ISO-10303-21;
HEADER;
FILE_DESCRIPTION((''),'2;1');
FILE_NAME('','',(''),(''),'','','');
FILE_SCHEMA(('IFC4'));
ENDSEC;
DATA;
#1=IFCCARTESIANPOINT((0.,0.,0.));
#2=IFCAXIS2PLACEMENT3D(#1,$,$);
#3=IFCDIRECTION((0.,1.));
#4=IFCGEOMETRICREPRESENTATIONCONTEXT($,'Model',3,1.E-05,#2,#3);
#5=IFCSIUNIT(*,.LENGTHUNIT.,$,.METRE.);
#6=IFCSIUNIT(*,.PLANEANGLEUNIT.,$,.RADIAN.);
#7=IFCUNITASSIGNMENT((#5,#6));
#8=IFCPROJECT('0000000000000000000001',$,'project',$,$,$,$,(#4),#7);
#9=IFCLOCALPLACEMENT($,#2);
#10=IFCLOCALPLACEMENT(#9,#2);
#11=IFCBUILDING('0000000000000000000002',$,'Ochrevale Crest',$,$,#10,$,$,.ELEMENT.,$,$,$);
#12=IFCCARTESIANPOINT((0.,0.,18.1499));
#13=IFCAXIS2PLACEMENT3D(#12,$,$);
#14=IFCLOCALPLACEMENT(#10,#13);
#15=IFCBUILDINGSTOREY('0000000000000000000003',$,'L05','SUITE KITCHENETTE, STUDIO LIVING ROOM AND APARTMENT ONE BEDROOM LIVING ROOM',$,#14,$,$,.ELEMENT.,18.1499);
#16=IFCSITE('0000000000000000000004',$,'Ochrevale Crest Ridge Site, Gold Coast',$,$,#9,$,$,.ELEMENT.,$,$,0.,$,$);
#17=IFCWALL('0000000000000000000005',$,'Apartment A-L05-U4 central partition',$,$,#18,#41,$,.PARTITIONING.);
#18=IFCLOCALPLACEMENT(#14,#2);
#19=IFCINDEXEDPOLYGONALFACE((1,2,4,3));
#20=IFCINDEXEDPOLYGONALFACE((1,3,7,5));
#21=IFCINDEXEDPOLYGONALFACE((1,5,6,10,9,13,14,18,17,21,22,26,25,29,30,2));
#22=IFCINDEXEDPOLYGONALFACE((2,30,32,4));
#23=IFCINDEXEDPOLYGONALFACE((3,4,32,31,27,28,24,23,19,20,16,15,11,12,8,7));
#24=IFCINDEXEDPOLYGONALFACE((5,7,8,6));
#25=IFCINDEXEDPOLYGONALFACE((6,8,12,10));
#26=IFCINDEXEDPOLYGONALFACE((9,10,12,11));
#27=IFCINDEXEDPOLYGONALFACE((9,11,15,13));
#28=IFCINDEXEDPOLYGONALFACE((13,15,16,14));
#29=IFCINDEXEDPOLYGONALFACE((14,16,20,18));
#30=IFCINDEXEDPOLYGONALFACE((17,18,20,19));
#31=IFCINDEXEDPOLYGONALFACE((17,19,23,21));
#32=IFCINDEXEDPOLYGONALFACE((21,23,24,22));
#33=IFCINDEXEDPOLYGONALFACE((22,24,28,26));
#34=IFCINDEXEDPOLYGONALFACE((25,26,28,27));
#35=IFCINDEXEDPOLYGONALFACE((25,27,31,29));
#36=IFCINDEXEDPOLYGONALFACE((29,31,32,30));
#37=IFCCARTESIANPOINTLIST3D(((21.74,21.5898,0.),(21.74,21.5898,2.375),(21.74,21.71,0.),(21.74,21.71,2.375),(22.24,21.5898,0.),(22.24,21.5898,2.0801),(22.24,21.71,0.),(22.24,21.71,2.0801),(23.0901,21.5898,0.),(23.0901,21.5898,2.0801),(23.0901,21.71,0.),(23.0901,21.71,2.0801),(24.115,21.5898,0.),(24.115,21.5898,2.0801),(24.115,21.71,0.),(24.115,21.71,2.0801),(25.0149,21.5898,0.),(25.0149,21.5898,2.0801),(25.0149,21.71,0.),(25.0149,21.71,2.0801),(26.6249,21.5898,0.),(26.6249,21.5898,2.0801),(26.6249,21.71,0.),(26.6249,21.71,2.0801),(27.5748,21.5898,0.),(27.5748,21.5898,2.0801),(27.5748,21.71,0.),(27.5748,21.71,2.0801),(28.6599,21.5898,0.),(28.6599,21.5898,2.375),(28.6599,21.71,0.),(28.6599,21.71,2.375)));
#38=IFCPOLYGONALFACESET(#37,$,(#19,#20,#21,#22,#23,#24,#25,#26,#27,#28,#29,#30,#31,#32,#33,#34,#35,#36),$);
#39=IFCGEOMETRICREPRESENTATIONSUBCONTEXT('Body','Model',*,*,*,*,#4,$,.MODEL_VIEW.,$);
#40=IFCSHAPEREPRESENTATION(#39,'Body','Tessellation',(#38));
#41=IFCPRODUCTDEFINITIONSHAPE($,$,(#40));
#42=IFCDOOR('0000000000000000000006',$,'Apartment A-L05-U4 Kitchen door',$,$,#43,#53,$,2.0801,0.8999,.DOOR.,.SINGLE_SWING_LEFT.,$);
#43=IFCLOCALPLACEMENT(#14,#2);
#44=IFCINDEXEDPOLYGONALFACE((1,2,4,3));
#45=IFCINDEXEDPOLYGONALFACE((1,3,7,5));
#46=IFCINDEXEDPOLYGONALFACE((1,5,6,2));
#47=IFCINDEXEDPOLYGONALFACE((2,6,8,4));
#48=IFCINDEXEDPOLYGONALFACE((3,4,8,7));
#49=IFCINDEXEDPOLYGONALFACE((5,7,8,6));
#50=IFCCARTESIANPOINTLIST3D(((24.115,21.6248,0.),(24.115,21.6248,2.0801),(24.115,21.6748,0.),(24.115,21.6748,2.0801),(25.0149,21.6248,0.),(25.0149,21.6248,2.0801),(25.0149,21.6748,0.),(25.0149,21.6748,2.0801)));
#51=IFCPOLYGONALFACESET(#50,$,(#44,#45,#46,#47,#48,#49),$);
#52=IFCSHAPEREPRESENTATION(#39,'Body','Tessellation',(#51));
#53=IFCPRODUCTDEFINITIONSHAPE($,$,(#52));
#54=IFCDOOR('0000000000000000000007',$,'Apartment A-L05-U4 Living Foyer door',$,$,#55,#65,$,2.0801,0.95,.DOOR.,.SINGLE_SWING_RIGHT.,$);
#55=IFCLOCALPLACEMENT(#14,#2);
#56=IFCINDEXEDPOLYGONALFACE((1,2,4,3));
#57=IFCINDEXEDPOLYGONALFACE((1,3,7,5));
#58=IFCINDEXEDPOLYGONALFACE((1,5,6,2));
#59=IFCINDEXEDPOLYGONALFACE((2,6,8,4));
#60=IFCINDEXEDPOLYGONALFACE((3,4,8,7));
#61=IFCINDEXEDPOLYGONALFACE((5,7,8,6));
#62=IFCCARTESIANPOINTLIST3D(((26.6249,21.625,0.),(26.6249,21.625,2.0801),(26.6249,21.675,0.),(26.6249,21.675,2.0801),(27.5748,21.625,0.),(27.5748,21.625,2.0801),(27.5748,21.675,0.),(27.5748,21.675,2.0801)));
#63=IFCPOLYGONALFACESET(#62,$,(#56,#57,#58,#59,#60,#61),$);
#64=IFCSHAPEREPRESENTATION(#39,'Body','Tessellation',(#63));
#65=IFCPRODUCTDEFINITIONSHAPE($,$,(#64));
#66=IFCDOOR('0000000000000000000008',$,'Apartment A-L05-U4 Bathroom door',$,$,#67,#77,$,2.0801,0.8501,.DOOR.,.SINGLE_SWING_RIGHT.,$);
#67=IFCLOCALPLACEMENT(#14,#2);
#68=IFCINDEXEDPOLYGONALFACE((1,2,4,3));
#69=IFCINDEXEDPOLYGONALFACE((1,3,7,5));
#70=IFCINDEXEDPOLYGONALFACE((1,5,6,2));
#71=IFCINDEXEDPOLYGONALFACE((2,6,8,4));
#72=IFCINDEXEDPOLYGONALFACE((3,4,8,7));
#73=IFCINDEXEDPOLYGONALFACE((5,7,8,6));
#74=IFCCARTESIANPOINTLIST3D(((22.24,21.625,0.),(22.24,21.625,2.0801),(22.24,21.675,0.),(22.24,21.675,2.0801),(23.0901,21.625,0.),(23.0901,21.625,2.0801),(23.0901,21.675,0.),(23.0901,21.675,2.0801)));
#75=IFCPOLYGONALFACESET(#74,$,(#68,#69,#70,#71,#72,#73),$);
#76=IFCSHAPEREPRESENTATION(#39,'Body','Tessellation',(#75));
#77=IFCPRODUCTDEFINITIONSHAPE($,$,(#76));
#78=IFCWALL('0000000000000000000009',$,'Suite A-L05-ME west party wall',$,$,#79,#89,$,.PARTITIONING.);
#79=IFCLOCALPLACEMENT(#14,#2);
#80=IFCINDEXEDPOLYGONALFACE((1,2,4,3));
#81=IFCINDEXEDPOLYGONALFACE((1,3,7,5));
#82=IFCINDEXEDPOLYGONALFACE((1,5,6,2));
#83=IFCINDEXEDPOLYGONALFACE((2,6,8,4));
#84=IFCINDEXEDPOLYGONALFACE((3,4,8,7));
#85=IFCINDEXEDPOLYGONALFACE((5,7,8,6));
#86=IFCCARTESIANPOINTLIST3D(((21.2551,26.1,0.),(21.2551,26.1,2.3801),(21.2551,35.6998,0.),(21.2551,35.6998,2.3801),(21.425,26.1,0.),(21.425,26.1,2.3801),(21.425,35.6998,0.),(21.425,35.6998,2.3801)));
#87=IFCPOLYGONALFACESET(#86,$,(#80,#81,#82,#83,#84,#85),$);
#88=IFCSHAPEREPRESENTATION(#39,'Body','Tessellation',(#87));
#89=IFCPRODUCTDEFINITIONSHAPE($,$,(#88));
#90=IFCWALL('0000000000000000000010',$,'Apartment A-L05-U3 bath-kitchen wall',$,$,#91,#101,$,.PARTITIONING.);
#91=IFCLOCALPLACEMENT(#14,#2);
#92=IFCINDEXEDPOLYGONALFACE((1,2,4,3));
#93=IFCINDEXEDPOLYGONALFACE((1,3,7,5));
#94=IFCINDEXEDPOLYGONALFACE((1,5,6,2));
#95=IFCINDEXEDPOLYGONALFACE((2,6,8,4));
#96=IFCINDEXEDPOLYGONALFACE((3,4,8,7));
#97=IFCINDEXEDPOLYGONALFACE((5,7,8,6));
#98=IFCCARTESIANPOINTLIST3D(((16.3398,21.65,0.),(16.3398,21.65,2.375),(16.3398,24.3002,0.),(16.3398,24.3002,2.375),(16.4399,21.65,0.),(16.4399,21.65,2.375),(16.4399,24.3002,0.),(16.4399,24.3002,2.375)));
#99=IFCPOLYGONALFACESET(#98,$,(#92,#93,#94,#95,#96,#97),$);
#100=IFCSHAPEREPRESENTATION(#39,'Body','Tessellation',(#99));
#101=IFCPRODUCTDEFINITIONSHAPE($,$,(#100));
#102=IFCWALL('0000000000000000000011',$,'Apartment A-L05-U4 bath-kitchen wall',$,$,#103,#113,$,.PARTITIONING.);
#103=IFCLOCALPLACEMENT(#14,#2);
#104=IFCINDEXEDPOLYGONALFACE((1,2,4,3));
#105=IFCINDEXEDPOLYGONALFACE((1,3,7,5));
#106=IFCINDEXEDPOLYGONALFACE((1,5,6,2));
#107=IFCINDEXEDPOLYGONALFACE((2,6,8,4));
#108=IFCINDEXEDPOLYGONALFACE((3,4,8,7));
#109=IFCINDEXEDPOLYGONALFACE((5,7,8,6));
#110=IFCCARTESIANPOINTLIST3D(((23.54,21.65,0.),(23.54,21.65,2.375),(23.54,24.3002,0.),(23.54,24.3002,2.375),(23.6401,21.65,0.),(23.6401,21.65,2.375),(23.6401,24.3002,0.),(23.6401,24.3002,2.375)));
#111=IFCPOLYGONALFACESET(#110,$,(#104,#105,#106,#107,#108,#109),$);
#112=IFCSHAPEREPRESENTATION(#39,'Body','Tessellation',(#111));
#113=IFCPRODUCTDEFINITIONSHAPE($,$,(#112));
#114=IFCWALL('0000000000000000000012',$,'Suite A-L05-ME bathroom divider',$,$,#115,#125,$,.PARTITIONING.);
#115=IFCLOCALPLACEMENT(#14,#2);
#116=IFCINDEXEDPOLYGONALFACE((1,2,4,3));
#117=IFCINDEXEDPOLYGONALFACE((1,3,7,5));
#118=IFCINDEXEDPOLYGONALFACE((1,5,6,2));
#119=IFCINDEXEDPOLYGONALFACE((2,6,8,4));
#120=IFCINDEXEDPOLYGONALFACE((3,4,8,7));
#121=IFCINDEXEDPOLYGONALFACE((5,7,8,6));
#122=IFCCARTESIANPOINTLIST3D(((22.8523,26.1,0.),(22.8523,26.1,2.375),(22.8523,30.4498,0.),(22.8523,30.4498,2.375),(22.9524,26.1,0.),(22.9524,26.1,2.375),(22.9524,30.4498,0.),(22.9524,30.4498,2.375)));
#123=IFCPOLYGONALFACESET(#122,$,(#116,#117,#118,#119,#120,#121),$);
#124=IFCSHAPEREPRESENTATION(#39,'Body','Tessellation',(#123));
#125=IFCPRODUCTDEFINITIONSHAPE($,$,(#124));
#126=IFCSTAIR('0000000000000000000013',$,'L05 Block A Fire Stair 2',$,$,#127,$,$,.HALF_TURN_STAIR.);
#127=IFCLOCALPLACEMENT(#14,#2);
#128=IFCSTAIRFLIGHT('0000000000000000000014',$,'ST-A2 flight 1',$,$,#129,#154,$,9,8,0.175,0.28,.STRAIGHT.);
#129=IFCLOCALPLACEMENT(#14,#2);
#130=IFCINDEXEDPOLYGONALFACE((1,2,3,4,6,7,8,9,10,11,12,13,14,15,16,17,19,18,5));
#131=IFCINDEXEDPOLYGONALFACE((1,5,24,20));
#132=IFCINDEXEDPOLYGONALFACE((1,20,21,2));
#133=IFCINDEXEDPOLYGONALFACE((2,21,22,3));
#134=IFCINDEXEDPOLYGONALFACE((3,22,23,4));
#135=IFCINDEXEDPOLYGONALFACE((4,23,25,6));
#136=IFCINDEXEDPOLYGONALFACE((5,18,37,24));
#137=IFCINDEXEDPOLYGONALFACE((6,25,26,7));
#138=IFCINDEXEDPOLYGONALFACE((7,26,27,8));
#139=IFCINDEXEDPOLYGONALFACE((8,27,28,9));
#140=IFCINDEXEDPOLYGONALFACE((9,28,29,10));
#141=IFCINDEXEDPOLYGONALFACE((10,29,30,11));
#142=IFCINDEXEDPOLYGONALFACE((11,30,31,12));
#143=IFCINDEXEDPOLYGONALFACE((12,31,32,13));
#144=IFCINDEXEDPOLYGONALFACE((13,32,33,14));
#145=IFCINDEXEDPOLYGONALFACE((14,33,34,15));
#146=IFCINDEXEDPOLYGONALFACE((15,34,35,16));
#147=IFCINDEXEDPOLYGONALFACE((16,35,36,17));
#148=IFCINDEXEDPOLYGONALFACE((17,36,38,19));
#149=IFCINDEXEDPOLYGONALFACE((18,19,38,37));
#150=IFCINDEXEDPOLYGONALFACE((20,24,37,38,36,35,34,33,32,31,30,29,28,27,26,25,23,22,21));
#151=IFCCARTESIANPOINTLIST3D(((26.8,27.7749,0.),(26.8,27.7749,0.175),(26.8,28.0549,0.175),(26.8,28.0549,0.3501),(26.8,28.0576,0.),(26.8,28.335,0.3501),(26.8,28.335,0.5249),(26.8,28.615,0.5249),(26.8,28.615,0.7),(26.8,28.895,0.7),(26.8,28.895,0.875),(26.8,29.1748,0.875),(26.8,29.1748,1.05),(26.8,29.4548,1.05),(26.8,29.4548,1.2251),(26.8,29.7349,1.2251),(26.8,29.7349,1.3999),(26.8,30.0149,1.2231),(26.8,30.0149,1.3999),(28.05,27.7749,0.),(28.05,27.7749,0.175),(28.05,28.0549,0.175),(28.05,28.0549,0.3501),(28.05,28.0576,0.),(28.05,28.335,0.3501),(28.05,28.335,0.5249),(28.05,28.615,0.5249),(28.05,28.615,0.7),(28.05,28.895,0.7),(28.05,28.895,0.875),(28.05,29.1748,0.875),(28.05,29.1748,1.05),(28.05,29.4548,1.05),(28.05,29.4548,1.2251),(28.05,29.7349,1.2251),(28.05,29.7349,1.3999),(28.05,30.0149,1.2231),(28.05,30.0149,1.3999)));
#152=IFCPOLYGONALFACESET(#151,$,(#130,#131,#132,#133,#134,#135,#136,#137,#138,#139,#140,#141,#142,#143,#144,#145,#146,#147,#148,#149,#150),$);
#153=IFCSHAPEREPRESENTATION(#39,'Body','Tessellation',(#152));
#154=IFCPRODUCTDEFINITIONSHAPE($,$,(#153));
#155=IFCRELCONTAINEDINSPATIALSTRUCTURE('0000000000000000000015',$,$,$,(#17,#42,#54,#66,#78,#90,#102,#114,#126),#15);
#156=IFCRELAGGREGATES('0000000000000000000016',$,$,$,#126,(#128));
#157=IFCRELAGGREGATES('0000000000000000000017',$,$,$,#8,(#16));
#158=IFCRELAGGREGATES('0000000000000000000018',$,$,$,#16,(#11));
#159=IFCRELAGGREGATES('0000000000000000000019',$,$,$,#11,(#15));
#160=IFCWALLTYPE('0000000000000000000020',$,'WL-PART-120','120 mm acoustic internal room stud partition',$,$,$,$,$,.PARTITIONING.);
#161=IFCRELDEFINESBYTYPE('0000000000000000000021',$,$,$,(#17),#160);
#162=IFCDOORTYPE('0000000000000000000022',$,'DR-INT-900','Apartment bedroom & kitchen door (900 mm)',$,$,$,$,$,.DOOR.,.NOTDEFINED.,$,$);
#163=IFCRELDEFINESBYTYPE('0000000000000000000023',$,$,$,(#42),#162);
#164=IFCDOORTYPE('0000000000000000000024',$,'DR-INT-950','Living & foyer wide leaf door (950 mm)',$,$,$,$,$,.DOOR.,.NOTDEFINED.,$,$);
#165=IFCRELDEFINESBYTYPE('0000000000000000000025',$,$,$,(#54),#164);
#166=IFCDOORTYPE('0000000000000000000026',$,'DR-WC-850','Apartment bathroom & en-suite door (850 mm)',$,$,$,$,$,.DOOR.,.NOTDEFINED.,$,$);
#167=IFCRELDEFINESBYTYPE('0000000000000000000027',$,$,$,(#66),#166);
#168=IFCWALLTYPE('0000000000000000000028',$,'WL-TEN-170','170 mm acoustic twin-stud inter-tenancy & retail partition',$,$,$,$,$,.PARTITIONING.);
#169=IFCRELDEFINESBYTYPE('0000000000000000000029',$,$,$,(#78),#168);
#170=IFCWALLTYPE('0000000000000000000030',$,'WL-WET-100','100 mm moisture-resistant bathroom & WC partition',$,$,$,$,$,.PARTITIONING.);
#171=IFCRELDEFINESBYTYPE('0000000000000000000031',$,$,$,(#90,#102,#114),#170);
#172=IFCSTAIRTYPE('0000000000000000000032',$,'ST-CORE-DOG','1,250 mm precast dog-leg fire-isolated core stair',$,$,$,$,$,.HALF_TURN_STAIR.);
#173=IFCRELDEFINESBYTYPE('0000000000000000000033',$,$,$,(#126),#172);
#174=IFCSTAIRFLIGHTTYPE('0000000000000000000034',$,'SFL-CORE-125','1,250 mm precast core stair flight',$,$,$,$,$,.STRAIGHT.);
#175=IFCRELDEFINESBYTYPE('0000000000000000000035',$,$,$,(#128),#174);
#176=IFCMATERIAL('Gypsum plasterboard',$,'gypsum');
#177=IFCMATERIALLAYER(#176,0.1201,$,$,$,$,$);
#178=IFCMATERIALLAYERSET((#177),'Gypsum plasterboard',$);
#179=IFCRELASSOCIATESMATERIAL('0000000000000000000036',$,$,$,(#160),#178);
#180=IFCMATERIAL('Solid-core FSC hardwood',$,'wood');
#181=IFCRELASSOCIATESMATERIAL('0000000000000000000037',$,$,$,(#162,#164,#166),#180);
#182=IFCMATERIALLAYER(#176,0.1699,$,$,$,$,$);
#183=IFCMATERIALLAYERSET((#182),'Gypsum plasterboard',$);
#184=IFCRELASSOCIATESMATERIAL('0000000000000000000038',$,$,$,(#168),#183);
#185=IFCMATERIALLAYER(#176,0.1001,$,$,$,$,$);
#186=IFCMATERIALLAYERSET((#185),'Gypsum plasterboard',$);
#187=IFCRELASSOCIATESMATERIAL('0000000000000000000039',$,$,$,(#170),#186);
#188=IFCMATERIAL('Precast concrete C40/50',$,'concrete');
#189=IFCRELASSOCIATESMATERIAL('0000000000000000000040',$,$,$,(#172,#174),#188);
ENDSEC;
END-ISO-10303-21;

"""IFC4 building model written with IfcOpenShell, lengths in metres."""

from ifc_helpers import new_model, si_unit, direction, frame, frame_2d, origin, place, context, subcontext, project, spatial, polyline, rectangle, outline, extrude, material, layer, layer_set, type_object, element, fill, aggregate, save


model = new_model("IFC4")

# Units and contexts
model_context = context("Model", 3, precision=1e-05, world=origin(), true_north=direction((0.0, 1.0)))
body_context = subcontext(model_context, "Body", "Model", "MODEL_VIEW")
ifc_project = project(units=[si_unit("LENGTHUNIT", "METRE"), si_unit("PLANEANGLEUNIT", "RADIAN")], contexts=[model_context])

# Site, building, storey
site_placement = place(None, origin())
site = spatial("IfcSite", under=ifc_project, at=site_placement, Name="Ochrevale Crest Ridge Site, Gold Coast", CompositionType="ELEMENT", RefElevation=0.0)
building_placement = place(site_placement, origin())
building = spatial("IfcBuilding", under=site, at=building_placement, Name="Ochrevale Crest", CompositionType="ELEMENT")
storey_placement = place(building_placement, frame((0.0, 0.0, 18.1499)))
storey = spatial("IfcBuildingStorey", under=building, at=storey_placement, Name="L05", Description="SUITE KITCHENETTE, STUDIO LIVING ROOM AND APARTMENT ONE BEDROOM LIVING ROOM", CompositionType="ELEMENT", Elevation=18.1499)

# Shared definitions
ifc_material_1 = material(Name="Gypsum plasterboard", Category="gypsum")
ifc_material_2 = material(Name="Solid-core FSC hardwood", Category="wood")

# Shared definitions
ifc_layer_1 = layer(ifc_material_1, 0.1201)
ifc_layer_set_1 = layer_set([ifc_layer_1], Name="Gypsum plasterboard")
wall_type_1 = type_object("IfcWallType", Name="WL-PART-120", Description="120 mm acoustic internal room stud partition", PredefinedType="PARTITIONING", material=ifc_layer_set_1)

# Wall, openings, doors
wall_1_placement = place(storey_placement, frame((21.74, 21.6499, 0.0), z_axis=(0.0, 0.0, 1.0), x_axis=(1.0, 0.0, 0.0)))
wall_1 = element("IfcWall", 1, at=wall_1_placement, inside=storey, type_object=wall_type_1, Name="Apartment A-L05-U4 central partition", PredefinedType="PARTITIONING", context=body_context, shape_type="SweptSolid", body=[
    extrude(rectangle(XDim=6.9199, YDim=0.1201, at=frame_2d((3.46, 0.0))), origin(), (0.0, 0.0, 1.0), 2.375),
])
opening_1_placement = place(wall_1_placement, frame((1.3501, 0.0, 0.0), z_axis=(0.0, 0.0, 1.0), x_axis=(-1.0, 0.0, 0.0)))
opening_1 = element("IfcOpeningElement", 2, at=opening_1_placement, cuts=wall_1, PredefinedType="OPENING", context=body_context, shape_type="SweptSolid", body=[
    extrude(rectangle(XDim=0.8501, YDim=2.0801, at=frame_2d((0.425, 1.04))), frame((0.0, 0.0701, 0.0), z_axis=(0.0, -1.0, 0.0), x_axis=(1.0, 0.0, 0.0)), (0.0, 0.0, 1.0), 0.1401),
])
opening_2_placement = place(wall_1_placement, frame((2.375, 0.0, 0.0)))
opening_2 = element("IfcOpeningElement", 3, at=opening_2_placement, cuts=wall_1, PredefinedType="OPENING", context=body_context, shape_type="SweptSolid", body=[
    extrude(rectangle(XDim=0.8999, YDim=2.0801, at=frame_2d((0.45, 1.04))), frame((0.0, 0.0701, 0.0), z_axis=(0.0, -1.0, 0.0), x_axis=(1.0, 0.0, 0.0)), (0.0, 0.0, 1.0), 0.1401),
])
opening_3_placement = place(wall_1_placement, frame((5.835, 0.0, 0.0), z_axis=(0.0, 0.0, 1.0), x_axis=(-1.0, 0.0, 0.0)))
opening_3 = element("IfcOpeningElement", 4, at=opening_3_placement, cuts=wall_1, PredefinedType="OPENING", context=body_context, shape_type="SweptSolid", body=[
    extrude(rectangle(XDim=0.95, YDim=2.0801, at=frame_2d((0.4751, 1.04))), frame((0.0, 0.0701, 0.0), z_axis=(0.0, -1.0, 0.0), x_axis=(1.0, 0.0, 0.0)), (0.0, 0.0, 1.0), 0.1401),
])
door_type_1 = type_object("IfcDoorType", Name="DR-INT-900", Description="Apartment bedroom & kitchen door (900 mm)", OperationType="NOTDEFINED", PredefinedType="DOOR", material=ifc_material_2)
door_1_placement = place(opening_2_placement, origin())
door_1 = element("IfcDoor", 5, at=door_1_placement, inside=storey, type_object=door_type_1, Name="Apartment A-L05-U4 Kitchen door", OperationType="SINGLE_SWING_LEFT", OverallHeight=2.0801, OverallWidth=0.8999, PredefinedType="DOOR", context=body_context, shape_type="SweptSolid", body=[
    extrude(rectangle(XDim=0.8999, YDim=2.0801, at=frame_2d((0.45, 1.04))), frame((0.0, 0.0249, 0.0), z_axis=(0.0, -1.0, 0.0), x_axis=(1.0, 0.0, 0.0)), (0.0, 0.0, 1.0), 0.05),
])
fill(opening_2, door_1)
door_type_2 = type_object("IfcDoorType", Name="DR-INT-950", Description="Living & foyer wide leaf door (950 mm)", OperationType="NOTDEFINED", PredefinedType="DOOR", material=ifc_material_2)
door_2_placement = place(opening_3_placement, origin())
door_2 = element("IfcDoor", 6, at=door_2_placement, inside=storey, type_object=door_type_2, Name="Apartment A-L05-U4 Living Foyer door", OperationType="SINGLE_SWING_RIGHT", OverallHeight=2.0801, OverallWidth=0.95, PredefinedType="DOOR", context=body_context, shape_type="SweptSolid", body=[
    extrude(rectangle(XDim=0.95, YDim=2.0801, at=frame_2d((0.4751, 1.04))), frame((0.0, 0.0249, 0.0), z_axis=(0.0, -1.0, 0.0), x_axis=(1.0, 0.0, 0.0)), (0.0, 0.0, 1.0), 0.05),
])
fill(opening_3, door_2)
door_type_3 = type_object("IfcDoorType", Name="DR-WC-850", Description="Apartment bathroom & en-suite door (850 mm)", OperationType="NOTDEFINED", PredefinedType="DOOR", material=ifc_material_2)
door_3_placement = place(opening_1_placement, origin())
door_3 = element("IfcDoor", 7, at=door_3_placement, inside=storey, type_object=door_type_3, Name="Apartment A-L05-U4 Bathroom door", OperationType="SINGLE_SWING_RIGHT", OverallHeight=2.0801, OverallWidth=0.8501, PredefinedType="DOOR", context=body_context, shape_type="SweptSolid", body=[
    extrude(rectangle(XDim=0.8501, YDim=2.0801, at=frame_2d((0.425, 1.04))), frame((0.0, 0.0249, 0.0), z_axis=(0.0, -1.0, 0.0), x_axis=(1.0, 0.0, 0.0)), (0.0, 0.0, 1.0), 0.05),
])
fill(opening_1, door_3)

# Walls
ifc_layer_2 = layer(ifc_material_1, 0.1699)
ifc_layer_set_2 = layer_set([ifc_layer_2], Name="Gypsum plasterboard")
wall_type_2 = type_object("IfcWallType", Name="WL-TEN-170", Description="170 mm acoustic twin-stud inter-tenancy & retail partition", PredefinedType="PARTITIONING", material=ifc_layer_set_2)
wall_2_placement = place(storey_placement, frame((21.3401, 26.1001, 0.0), z_axis=(0.0, 0.0, 1.0), x_axis=(0.0, 1.0, 0.0)))
element("IfcWall", 8, at=wall_2_placement, inside=storey, type_object=wall_type_2, Name="Suite A-L05-ME west party wall", PredefinedType="PARTITIONING", context=body_context, shape_type="SweptSolid", body=[
    extrude(rectangle(XDim=9.5999, YDim=0.1699, at=frame_2d((4.7998, 0.0))), origin(), (0.0, 0.0, 1.0), 2.3801),
])
ifc_layer_3 = layer(ifc_material_1, 0.1001)
ifc_layer_set_3 = layer_set([ifc_layer_3], Name="Gypsum plasterboard")
wall_type_3 = type_object("IfcWallType", Name="WL-WET-100", Description="100 mm moisture-resistant bathroom & WC partition", PredefinedType="PARTITIONING", material=ifc_layer_set_3)
for number, where, z_axis, x_axis, name in (
    (9, (16.3899, 21.6499, 0.0), (0.0, 0.0, 1.0), (0.0, 1.0, 0.0), "Apartment A-L05-U3 bath-kitchen wall"),
    (10, (23.5901, 21.6499, 0.0), (0.0, 0.0, 1.0), (0.0, 1.0, 0.0), "Apartment A-L05-U4 bath-kitchen wall"),
):
    element("IfcWall", number, at=place(storey_placement, frame(where, z_axis=z_axis, x_axis=x_axis)), inside=storey, type_object=wall_type_3, Name=name, PredefinedType="PARTITIONING", context=body_context, shape_type="SweptSolid", body=[
        extrude(rectangle(XDim=2.6501, YDim=0.1001, at=frame_2d((1.3252, 0.0))), origin(), (0.0, 0.0, 1.0), 2.375),
    ])
wall_3_placement = place(storey_placement, frame((22.9023, 26.1001, 0.0), z_axis=(0.0, 0.0, 1.0), x_axis=(0.0, 1.0, 0.0)))
element("IfcWall", 11, at=wall_3_placement, inside=storey, type_object=wall_type_3, Name="Suite A-L05-ME bathroom divider", PredefinedType="PARTITIONING", context=body_context, shape_type="SweptSolid", body=[
    extrude(rectangle(XDim=4.3499, YDim=0.1001, at=frame_2d((2.1748, 0.0))), origin(), (0.0, 0.0, 1.0), 2.375),
])

# Stair, stair flight
ifc_material_3 = material(Name="Precast concrete C40/50", Category="concrete")
stair_type = type_object("IfcStairType", Name="ST-CORE-DOG", Description="1,250 mm precast dog-leg fire-isolated core stair", PredefinedType="HALF_TURN_STAIR", material=ifc_material_3)
stair_placement = place(storey_placement, origin())
stair = element("IfcStair", 12, at=stair_placement, inside=storey, type_object=stair_type, Name="L05 Block A Fire Stair 2", PredefinedType="HALF_TURN_STAIR")
stair_flight_type = type_object("IfcStairFlightType", Name="SFL-CORE-125", Description="1,250 mm precast core stair flight", PredefinedType="STRAIGHT", material=ifc_material_3)
stair_flight_placement = place(storey_placement, frame((27.425, 27.7749, 0.0), z_axis=(0.0, 0.0, 1.0), x_axis=(0.0, 1.0, 0.0)))
stair_flight = element("IfcStairFlight", 13, at=stair_flight_placement, type_object=stair_flight_type, Name="ST-A2 flight 1", NumberOfRisers=9, NumberOfTreads=8, PredefinedType="STRAIGHT", RiserHeight=0.175, TreadLength=0.28, context=body_context, shape_type="SweptSolid", body=[
    extrude(outline(polyline([(0.0, 0.0), (0.0, 0.175), (0.28, 0.175), (0.28, 0.3501), (0.5601, 0.3501), (0.5601, 0.5249), (0.8401, 0.5249), (0.8401, 0.7), (1.1201, 0.7), (1.1201, 0.875), (1.3999, 0.875), (1.3999, 1.05), (1.6799, 1.05), (1.6799, 1.2251), (1.96, 1.2251), (1.96, 1.3999), (2.24, 1.3999), (2.24, 1.575), (2.24, 1.2231), (0.2827, 0.0), (0.0, 0.0)])), frame((0.0, 0.625, 0.0), z_axis=(0.0, -1.0, 0.0), x_axis=(1.0, 0.0, 0.0)), (0.0, 0.0, 1.0), 1.25),
])
aggregate(stair, [stair_flight])

save(model, "model.ifc")
